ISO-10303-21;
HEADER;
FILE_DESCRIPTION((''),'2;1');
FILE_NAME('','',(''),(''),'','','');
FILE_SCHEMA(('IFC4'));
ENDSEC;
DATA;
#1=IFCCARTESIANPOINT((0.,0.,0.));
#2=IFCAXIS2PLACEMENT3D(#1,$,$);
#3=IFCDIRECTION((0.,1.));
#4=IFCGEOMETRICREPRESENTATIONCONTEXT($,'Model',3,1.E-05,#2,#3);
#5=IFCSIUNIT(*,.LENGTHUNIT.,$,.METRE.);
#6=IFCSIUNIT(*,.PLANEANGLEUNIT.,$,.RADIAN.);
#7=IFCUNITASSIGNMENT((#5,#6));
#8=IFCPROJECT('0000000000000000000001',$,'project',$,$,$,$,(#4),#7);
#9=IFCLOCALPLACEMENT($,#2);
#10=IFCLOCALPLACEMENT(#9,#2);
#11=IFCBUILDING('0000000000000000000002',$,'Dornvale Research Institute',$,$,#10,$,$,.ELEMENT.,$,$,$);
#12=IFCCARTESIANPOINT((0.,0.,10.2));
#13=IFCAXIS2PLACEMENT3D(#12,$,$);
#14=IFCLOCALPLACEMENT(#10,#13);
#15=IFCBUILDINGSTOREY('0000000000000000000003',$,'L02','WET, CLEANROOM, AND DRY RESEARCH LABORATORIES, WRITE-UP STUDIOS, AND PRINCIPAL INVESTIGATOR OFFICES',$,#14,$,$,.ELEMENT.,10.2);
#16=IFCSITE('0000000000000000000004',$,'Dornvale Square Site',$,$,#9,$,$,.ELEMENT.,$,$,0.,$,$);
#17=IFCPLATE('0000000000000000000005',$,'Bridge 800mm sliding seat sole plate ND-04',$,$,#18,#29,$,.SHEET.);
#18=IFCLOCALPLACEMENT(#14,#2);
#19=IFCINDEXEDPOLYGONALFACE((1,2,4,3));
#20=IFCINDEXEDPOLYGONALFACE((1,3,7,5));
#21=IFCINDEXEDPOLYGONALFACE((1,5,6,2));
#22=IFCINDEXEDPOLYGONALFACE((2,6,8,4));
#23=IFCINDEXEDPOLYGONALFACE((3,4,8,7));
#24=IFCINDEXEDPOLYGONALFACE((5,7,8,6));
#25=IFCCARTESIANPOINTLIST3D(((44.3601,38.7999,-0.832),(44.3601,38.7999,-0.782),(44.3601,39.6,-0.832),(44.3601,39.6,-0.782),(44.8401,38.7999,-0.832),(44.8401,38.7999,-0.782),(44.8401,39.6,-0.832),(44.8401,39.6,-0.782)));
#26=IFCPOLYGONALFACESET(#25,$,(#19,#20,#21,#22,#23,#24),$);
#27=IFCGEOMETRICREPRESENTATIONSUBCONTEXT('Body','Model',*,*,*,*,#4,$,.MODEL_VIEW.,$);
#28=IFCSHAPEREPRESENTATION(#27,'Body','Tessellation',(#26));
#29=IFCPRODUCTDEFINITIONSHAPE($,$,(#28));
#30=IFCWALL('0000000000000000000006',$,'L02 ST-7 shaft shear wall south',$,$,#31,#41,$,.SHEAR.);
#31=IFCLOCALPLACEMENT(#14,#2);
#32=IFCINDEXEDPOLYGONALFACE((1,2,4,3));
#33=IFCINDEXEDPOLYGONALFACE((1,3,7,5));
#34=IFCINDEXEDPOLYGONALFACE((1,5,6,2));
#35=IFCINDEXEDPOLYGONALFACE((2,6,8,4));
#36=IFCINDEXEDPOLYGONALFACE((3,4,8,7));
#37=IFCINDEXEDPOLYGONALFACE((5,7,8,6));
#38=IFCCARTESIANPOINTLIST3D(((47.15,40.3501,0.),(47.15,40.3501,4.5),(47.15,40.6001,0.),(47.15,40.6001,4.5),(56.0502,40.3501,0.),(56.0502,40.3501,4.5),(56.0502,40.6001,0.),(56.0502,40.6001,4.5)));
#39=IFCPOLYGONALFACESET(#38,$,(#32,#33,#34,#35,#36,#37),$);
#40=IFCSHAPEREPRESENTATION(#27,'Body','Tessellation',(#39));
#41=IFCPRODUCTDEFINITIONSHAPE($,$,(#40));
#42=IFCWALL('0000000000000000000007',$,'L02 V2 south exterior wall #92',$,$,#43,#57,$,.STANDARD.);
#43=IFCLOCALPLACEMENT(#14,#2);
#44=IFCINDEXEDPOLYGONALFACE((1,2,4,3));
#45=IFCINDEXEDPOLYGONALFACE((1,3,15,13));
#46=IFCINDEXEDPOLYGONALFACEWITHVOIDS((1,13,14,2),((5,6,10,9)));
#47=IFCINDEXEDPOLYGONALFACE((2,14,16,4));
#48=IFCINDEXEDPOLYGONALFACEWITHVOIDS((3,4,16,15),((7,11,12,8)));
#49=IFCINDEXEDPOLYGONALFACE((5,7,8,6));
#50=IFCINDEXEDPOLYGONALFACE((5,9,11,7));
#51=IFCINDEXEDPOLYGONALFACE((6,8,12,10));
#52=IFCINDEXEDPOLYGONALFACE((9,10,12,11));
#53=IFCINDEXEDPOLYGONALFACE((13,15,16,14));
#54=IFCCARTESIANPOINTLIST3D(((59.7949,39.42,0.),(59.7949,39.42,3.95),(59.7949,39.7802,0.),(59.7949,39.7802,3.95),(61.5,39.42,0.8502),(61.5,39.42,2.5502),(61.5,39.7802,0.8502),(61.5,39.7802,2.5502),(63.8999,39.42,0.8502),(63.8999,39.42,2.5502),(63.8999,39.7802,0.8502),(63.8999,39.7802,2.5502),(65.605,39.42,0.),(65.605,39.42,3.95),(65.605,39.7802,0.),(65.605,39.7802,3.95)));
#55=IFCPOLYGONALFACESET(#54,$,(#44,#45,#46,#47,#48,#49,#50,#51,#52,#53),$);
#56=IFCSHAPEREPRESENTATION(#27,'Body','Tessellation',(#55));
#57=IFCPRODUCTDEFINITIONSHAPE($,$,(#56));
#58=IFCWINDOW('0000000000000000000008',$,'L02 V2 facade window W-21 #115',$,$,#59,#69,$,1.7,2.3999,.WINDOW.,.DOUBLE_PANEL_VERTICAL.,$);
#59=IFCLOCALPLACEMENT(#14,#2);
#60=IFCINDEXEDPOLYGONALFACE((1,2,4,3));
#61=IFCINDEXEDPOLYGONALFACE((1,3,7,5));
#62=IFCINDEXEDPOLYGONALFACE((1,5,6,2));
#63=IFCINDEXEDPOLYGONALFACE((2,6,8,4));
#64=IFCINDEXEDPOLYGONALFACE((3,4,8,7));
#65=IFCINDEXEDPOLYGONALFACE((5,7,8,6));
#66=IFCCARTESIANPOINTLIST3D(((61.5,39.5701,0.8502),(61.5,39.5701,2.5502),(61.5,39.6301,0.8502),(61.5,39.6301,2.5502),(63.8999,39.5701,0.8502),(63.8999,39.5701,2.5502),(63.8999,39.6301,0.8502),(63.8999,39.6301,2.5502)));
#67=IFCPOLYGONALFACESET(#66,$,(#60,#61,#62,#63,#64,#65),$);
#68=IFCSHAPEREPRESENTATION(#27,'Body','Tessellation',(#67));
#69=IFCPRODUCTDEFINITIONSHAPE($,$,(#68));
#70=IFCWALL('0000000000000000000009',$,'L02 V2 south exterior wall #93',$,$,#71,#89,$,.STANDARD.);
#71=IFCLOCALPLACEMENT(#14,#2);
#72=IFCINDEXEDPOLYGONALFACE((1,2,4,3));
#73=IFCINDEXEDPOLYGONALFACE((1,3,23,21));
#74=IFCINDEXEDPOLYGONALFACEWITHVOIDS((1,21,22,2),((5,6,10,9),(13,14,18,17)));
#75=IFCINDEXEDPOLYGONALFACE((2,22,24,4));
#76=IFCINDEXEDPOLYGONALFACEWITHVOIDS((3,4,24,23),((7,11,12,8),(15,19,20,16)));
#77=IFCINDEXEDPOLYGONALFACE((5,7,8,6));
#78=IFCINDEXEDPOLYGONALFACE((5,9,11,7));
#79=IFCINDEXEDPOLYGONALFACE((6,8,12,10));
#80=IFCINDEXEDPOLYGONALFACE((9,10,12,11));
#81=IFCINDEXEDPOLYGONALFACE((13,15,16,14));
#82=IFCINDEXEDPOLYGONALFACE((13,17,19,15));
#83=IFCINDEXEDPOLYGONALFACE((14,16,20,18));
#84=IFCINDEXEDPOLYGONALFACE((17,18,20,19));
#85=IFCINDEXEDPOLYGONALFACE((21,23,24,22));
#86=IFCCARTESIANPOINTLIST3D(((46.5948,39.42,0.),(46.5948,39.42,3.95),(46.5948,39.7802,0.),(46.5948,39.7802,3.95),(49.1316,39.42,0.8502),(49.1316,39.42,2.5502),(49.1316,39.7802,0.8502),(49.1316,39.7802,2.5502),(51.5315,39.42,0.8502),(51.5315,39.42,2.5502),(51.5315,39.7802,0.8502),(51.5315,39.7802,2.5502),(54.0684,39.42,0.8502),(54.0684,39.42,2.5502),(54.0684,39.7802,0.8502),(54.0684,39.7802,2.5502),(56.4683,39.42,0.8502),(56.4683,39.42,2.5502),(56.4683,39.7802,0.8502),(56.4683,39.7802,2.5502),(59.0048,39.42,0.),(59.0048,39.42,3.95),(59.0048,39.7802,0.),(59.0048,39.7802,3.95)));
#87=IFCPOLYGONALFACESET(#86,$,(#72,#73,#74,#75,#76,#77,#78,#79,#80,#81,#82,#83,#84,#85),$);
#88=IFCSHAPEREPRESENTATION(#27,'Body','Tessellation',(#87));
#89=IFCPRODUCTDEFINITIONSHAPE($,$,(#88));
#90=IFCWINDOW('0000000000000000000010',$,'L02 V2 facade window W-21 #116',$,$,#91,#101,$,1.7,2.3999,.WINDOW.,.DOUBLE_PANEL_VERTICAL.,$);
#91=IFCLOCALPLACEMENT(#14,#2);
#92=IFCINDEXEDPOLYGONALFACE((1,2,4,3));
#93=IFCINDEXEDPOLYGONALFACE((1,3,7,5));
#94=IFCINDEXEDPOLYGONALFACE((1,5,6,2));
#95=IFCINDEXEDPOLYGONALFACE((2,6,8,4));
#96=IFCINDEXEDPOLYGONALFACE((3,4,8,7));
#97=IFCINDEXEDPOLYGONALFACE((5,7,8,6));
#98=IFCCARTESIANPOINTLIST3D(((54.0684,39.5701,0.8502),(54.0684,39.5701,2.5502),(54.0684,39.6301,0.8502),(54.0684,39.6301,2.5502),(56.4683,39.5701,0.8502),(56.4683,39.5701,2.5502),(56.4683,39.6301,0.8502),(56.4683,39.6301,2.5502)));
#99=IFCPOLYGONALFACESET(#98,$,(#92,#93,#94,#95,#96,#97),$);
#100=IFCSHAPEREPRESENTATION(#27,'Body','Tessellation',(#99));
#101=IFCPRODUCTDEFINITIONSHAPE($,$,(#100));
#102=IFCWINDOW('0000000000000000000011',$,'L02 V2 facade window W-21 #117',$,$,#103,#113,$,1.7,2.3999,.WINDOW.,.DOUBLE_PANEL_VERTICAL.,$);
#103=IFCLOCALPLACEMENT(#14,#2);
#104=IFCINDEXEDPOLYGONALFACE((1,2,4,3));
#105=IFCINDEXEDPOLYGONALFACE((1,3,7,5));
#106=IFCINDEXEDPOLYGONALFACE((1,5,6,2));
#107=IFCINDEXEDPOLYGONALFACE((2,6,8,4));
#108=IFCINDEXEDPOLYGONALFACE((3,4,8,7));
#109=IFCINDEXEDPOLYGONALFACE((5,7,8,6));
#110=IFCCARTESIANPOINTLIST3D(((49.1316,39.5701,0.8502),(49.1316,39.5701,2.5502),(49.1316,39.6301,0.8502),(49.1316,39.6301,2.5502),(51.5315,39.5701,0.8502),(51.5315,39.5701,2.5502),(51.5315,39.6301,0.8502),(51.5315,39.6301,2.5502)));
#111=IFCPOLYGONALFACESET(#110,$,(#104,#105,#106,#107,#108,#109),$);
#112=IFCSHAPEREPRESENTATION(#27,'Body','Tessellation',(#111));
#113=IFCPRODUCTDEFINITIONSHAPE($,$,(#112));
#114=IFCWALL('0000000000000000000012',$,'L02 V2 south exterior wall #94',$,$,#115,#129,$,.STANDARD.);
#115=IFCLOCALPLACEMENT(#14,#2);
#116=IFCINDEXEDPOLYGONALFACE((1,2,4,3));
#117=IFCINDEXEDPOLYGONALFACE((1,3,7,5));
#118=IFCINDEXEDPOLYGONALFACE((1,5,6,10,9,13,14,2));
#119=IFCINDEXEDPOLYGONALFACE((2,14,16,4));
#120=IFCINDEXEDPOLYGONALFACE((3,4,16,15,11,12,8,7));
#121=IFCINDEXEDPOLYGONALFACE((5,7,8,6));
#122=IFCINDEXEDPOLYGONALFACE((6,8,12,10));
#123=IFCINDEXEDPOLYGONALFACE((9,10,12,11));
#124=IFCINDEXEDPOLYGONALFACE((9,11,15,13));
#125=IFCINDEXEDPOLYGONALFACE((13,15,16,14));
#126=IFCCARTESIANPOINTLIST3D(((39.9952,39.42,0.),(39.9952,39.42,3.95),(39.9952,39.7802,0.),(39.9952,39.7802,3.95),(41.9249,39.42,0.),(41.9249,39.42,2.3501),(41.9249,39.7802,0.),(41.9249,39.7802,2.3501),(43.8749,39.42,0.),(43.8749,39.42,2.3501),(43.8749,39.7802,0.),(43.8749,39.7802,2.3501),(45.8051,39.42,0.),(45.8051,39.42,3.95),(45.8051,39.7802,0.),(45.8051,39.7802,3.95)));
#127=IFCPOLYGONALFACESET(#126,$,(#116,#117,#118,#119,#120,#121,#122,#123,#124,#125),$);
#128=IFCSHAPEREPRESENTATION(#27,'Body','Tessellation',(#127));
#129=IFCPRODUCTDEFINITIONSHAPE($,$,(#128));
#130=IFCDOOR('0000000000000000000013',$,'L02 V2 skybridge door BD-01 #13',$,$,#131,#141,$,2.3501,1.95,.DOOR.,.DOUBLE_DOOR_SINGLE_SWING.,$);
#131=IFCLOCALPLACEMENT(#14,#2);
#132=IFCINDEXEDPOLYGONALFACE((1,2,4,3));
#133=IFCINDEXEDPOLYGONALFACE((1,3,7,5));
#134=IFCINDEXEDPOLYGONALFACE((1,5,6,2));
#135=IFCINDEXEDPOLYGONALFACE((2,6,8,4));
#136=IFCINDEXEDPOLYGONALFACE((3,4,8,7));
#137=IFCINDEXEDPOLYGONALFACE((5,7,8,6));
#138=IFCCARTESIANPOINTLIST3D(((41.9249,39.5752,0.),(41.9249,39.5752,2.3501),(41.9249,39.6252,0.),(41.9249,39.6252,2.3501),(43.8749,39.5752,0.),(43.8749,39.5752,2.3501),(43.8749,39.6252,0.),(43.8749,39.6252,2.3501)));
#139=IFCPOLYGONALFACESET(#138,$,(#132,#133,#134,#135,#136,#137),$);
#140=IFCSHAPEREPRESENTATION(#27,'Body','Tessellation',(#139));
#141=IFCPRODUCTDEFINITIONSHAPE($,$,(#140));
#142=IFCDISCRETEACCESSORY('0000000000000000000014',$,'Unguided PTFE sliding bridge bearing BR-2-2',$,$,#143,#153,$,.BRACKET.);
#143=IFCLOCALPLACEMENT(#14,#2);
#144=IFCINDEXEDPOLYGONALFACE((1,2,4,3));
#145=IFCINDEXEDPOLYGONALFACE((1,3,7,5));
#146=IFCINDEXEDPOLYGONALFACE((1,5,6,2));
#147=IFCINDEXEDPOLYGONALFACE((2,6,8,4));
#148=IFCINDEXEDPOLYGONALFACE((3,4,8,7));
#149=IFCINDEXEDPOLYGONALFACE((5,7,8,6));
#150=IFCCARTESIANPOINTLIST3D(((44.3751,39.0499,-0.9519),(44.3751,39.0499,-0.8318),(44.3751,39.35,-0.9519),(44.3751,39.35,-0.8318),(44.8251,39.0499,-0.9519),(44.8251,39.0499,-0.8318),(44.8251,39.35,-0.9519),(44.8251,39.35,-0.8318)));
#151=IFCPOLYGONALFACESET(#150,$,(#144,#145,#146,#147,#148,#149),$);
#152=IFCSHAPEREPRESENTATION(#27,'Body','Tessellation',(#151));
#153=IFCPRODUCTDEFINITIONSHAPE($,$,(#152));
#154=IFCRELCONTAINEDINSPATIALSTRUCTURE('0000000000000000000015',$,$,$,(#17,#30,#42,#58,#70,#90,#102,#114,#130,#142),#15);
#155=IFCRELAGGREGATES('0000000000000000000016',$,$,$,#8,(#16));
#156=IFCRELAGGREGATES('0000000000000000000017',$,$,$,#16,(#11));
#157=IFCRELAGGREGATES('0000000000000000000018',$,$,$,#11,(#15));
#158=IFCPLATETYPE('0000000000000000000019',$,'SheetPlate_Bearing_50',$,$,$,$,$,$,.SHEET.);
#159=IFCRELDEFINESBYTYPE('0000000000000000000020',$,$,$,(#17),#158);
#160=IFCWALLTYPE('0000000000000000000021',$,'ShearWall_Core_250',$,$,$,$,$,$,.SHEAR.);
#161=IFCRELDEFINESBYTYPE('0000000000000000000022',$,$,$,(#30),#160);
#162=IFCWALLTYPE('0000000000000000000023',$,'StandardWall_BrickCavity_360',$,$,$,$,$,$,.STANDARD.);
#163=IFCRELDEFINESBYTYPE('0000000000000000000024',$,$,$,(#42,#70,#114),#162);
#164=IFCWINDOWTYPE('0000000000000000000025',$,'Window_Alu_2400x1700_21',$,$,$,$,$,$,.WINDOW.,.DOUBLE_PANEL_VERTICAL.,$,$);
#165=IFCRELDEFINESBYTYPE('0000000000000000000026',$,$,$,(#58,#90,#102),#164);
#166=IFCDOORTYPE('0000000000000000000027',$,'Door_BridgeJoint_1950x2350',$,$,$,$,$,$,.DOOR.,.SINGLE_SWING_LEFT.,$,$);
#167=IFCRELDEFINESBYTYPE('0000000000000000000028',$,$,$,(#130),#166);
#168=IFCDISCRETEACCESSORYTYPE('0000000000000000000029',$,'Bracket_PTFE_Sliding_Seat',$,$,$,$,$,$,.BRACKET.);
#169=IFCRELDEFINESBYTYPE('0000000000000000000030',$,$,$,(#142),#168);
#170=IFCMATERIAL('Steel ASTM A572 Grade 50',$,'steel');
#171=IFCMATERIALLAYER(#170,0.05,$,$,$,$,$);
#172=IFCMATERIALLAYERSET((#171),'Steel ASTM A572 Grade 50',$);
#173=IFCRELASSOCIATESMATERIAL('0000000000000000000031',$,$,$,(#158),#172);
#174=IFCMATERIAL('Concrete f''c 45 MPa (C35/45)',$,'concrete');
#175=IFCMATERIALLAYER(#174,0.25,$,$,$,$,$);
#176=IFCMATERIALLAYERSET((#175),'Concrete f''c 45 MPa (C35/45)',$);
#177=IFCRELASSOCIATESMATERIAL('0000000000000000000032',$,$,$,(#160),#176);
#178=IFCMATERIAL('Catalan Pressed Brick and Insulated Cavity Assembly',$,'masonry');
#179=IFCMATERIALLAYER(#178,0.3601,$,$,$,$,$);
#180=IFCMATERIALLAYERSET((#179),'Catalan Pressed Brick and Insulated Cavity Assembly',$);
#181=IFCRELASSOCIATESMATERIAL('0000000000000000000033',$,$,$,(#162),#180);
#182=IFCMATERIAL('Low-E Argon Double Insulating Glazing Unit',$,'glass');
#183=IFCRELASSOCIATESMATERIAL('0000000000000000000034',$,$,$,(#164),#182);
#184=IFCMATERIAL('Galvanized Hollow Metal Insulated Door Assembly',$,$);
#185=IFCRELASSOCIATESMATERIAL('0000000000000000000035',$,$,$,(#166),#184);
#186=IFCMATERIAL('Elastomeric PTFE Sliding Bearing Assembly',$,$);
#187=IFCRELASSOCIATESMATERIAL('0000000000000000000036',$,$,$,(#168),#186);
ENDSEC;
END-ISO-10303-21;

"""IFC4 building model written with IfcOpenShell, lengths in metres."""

from ifc_helpers import new_model, si_unit, direction, frame, frame_2d, origin, origin_2d, place, context, subcontext, project, spatial, rectangle, extrude, material, layer, layer_set, type_object, element, fill, save


model = new_model("IFC4")

# Units and contexts
model_context = context("Model", 3, precision=1e-05, world=origin(), true_north=direction((0.0, 1.0)))
body_context = subcontext(model_context, "Body", "Model", "MODEL_VIEW")
ifc_project = project(units=[si_unit("LENGTHUNIT", "METRE"), si_unit("PLANEANGLEUNIT", "RADIAN")], contexts=[model_context])

# Site, building, storey
site_placement = place(None, origin())
site = spatial("IfcSite", under=ifc_project, at=site_placement, Name="Dornvale Square Site", CompositionType="ELEMENT", RefElevation=0.0)
building_placement = place(site_placement, origin())
building = spatial("IfcBuilding", under=site, at=building_placement, Name="Dornvale Research Institute", CompositionType="ELEMENT")
storey_placement = place(building_placement, frame((0.0, 0.0, 10.2)))
storey = spatial("IfcBuildingStorey", under=building, at=storey_placement, Name="L02", Description="WET, CLEANROOM, AND DRY RESEARCH LABORATORIES, WRITE-UP STUDIOS, AND PRINCIPAL INVESTIGATOR OFFICES", CompositionType="ELEMENT", Elevation=10.2)

# Plate
ifc_material_1 = material(Name="Steel ASTM A572 Grade 50", Category="steel")
ifc_layer_1 = layer(ifc_material_1, 0.05)
ifc_layer_set_1 = layer_set([ifc_layer_1], Name="Steel ASTM A572 Grade 50")
plate_type_1 = type_object("IfcPlateType", Name="SheetPlate_Bearing_50", PredefinedType="SHEET", material=ifc_layer_set_1)
plate_1_placement = place(storey_placement, frame((44.6001, 39.2, -0.832), z_axis=(0.0, 0.0, 1.0), x_axis=(1.0, 0.0, 0.0)))
element("IfcPlate", 1, at=plate_1_placement, inside=storey, type_object=plate_type_1, Name="Bridge 800mm sliding seat sole plate ND-04", PredefinedType="SHEET", context=body_context, shape_type="SweptSolid", body=[
    extrude(rectangle(XDim=0.48, YDim=0.8, at=origin_2d()), origin(), (0.0, 0.0, 1.0), 0.05),
])

# Wall
ifc_material_2 = material(Name="Concrete f'c 45 MPa (C35/45)", Category="concrete")
ifc_layer_2 = layer(ifc_material_2, 0.25)
ifc_layer_set_2 = layer_set([ifc_layer_2], Name="Concrete f'c 45 MPa (C35/45)")
wall_type_1 = type_object("IfcWallType", Name="ShearWall_Core_250", PredefinedType="SHEAR", material=ifc_layer_set_2)
wall_1_placement = place(storey_placement, frame((47.1499, 40.4751, 0.0), z_axis=(0.0, 0.0, 1.0), x_axis=(1.0, 0.0, 0.0)))
element("IfcWall", 2, at=wall_1_placement, inside=storey, type_object=wall_type_1, Name="L02 ST-7 shaft shear wall south", PredefinedType="SHEAR", context=body_context, shape_type="SweptSolid", body=[
    extrude(rectangle(XDim=8.9001, YDim=0.25, at=frame_2d((4.4502, 0.0))), origin(), (0.0, 0.0, 1.0), 4.5),
])

# Wall, opening, window
ifc_material_3 = material(Name="Catalan Pressed Brick and Insulated Cavity Assembly", Category="masonry")
ifc_layer_3 = layer(ifc_material_3, 0.3601)
ifc_layer_set_3 = layer_set([ifc_layer_3], Name="Catalan Pressed Brick and Insulated Cavity Assembly")
wall_type_2 = type_object("IfcWallType", Name="StandardWall_BrickCavity_360", PredefinedType="STANDARD", material=ifc_layer_set_3)
wall_2_placement = place(storey_placement, frame((65.605, 39.6001, 0.0), z_axis=(0.0, 0.0, 1.0), x_axis=(-1.0, 0.0, 0.0)))
wall_2 = element("IfcWall", 3, at=wall_2_placement, inside=storey, type_object=wall_type_2, Name="L02 V2 south exterior wall #92", PredefinedType="STANDARD", context=body_context, shape_type="SweptSolid", body=[
    extrude(rectangle(XDim=5.8101, YDim=0.3601, at=frame_2d((2.905, 0.0))), origin(), (0.0, 0.0, 1.0), 3.95),
])
opening_1_placement = place(wall_2_placement, frame((1.7051, 0.0, 0.8501)))
opening_1 = element("IfcOpeningElement", 4, at=opening_1_placement, cuts=wall_2, PredefinedType="OPENING", context=body_context, shape_type="SweptSolid", body=[
    extrude(rectangle(XDim=2.3999, YDim=1.7, at=frame_2d((1.2, 0.8501))), frame((0.0, 0.1951, 0.0), z_axis=(0.0, -1.0, 0.0), x_axis=(1.0, 0.0, 0.0)), (0.0, 0.0, 1.0), 0.3901),
])
ifc_material_4 = material(Name="Low-E Argon Double Insulating Glazing Unit", Category="glass")
window_type = type_object("IfcWindowType", Name="Window_Alu_2400x1700_21", PartitioningType="DOUBLE_PANEL_VERTICAL", PredefinedType="WINDOW", material=ifc_material_4)
window_1_placement = place(opening_1_placement, origin())
window_1 = element("IfcWindow", 5, at=window_1_placement, inside=storey, type_object=window_type, Name="L02 V2 facade window W-21 #115", OverallHeight=1.7, OverallWidth=2.3999, PartitioningType="DOUBLE_PANEL_VERTICAL", PredefinedType="WINDOW", context=body_context, shape_type="SweptSolid", body=[
    extrude(rectangle(XDim=2.3999, YDim=1.7, at=frame_2d((1.2, 0.8501))), frame((0.0, 0.03, 0.0), z_axis=(0.0, -1.0, 0.0), x_axis=(1.0, 0.0, 0.0)), (0.0, 0.0, 1.0), 0.0601),
])
fill(opening_1, window_1)

# Wall, openings, windows
wall_3_placement = place(storey_placement, frame((59.0049, 39.6001, 0.0), z_axis=(0.0, 0.0, 1.0), x_axis=(-1.0, 0.0, 0.0)))
wall_3 = element("IfcWall", 6, at=wall_3_placement, inside=storey, type_object=wall_type_2, Name="L02 V2 south exterior wall #93", PredefinedType="STANDARD", context=body_context, shape_type="SweptSolid", body=[
    extrude(rectangle(XDim=12.4099, YDim=0.3601, at=frame_2d((6.2051, 0.0))), origin(), (0.0, 0.0, 1.0), 3.95),
])
opening_2_placement = place(wall_3_placement, frame((2.5366, 0.0, 0.8501)))
opening_2 = element("IfcOpeningElement", 7, at=opening_2_placement, cuts=wall_3, PredefinedType="OPENING", context=body_context, shape_type="SweptSolid", body=[
    extrude(rectangle(XDim=2.3999, YDim=1.7, at=frame_2d((1.2, 0.8501))), frame((0.0, 0.1951, 0.0), z_axis=(0.0, -1.0, 0.0), x_axis=(1.0, 0.0, 0.0)), (0.0, 0.0, 1.0), 0.3901),
])
opening_3_placement = place(wall_3_placement, frame((7.4734, 0.0, 0.8501)))
opening_3 = element("IfcOpeningElement", 8, at=opening_3_placement, cuts=wall_3, PredefinedType="OPENING", context=body_context, shape_type="SweptSolid", body=[
    extrude(rectangle(XDim=2.3999, YDim=1.7, at=frame_2d((1.2, 0.8501))), frame((0.0, 0.1951, 0.0), z_axis=(0.0, -1.0, 0.0), x_axis=(1.0, 0.0, 0.0)), (0.0, 0.0, 1.0), 0.3901),
])
window_2_placement = place(opening_2_placement, origin())
window_2 = element("IfcWindow", 9, at=window_2_placement, inside=storey, type_object=window_type, Name="L02 V2 facade window W-21 #116", OverallHeight=1.7, OverallWidth=2.3999, PartitioningType="DOUBLE_PANEL_VERTICAL", PredefinedType="WINDOW", context=body_context, shape_type="SweptSolid", body=[
    extrude(rectangle(XDim=2.3999, YDim=1.7, at=frame_2d((1.2, 0.8501))), frame((0.0, 0.03, 0.0), z_axis=(0.0, -1.0, 0.0), x_axis=(1.0, 0.0, 0.0)), (0.0, 0.0, 1.0), 0.0601),
])
fill(opening_2, window_2)
window_3_placement = place(opening_3_placement, origin())
window_3 = element("IfcWindow", 10, at=window_3_placement, inside=storey, type_object=window_type, Name="L02 V2 facade window W-21 #117", OverallHeight=1.7, OverallWidth=2.3999, PartitioningType="DOUBLE_PANEL_VERTICAL", PredefinedType="WINDOW", context=body_context, shape_type="SweptSolid", body=[
    extrude(rectangle(XDim=2.3999, YDim=1.7, at=frame_2d((1.2, 0.8501))), frame((0.0, 0.03, 0.0), z_axis=(0.0, -1.0, 0.0), x_axis=(1.0, 0.0, 0.0)), (0.0, 0.0, 1.0), 0.0601),
])
fill(opening_3, window_3)

# Wall, opening, door
wall_4_placement = place(storey_placement, frame((45.8049, 39.6001, 0.0), z_axis=(0.0, 0.0, 1.0), x_axis=(-1.0, 0.0, 0.0)))
wall_4 = element("IfcWall", 11, at=wall_4_placement, inside=storey, type_object=wall_type_2, Name="L02 V2 south exterior wall #94", PredefinedType="STANDARD", context=body_context, shape_type="SweptSolid", body=[
    extrude(rectangle(XDim=5.8098, YDim=0.3601, at=frame_2d((2.9048, 0.0))), origin(), (0.0, 0.0, 1.0), 3.95),
])
opening_4_placement = place(wall_4_placement, frame((1.9299, 0.0, 0.0)))
opening_4 = element("IfcOpeningElement", 12, at=opening_4_placement, cuts=wall_4, PredefinedType="OPENING", context=body_context, shape_type="SweptSolid", body=[
    extrude(rectangle(XDim=1.95, YDim=2.3501, at=frame_2d((0.9751, 1.175))), frame((0.0, 0.1951, 0.0), z_axis=(0.0, -1.0, 0.0), x_axis=(1.0, 0.0, 0.0)), (0.0, 0.0, 1.0), 0.3901),
])
ifc_material_5 = material(Name="Galvanized Hollow Metal Insulated Door Assembly")
door_type = type_object("IfcDoorType", Name="Door_BridgeJoint_1950x2350", OperationType="SINGLE_SWING_LEFT", PredefinedType="DOOR", material=ifc_material_5)
door_placement = place(opening_4_placement, origin())
door = element("IfcDoor", 13, at=door_placement, inside=storey, type_object=door_type, Name="L02 V2 skybridge door BD-01 #13", OperationType="DOUBLE_DOOR_SINGLE_SWING", OverallHeight=2.3501, OverallWidth=1.95, PredefinedType="DOOR", context=body_context, shape_type="SweptSolid", body=[
    extrude(rectangle(XDim=1.95, YDim=2.3501, at=frame_2d((0.9751, 1.175))), frame((0.0, 0.0249, 0.0), z_axis=(0.0, -1.0, 0.0), x_axis=(1.0, 0.0, 0.0)), (0.0, 0.0, 1.0), 0.05),
])
fill(opening_4, door)

# Discrete accessory
ifc_material_6 = material(Name="Elastomeric PTFE Sliding Bearing Assembly")
discrete_accessory_type = type_object("IfcDiscreteAccessoryType", Name="Bracket_PTFE_Sliding_Seat", PredefinedType="BRACKET", material=ifc_material_6)
discrete_accessory_placement = place(storey_placement, frame((44.6001, 39.2, -0.9519), z_axis=(0.0, 0.0, 1.0), x_axis=(1.0, 0.0, 0.0)))
element("IfcDiscreteAccessory", 14, at=discrete_accessory_placement, inside=storey, type_object=discrete_accessory_type, Name="Unguided PTFE sliding bridge bearing BR-2-2", PredefinedType="BRACKET", context=body_context, shape_type="SweptSolid", body=[
    extrude(rectangle(XDim=0.45, YDim=0.3, at=origin_2d()), origin(), (0.0, 0.0, 1.0), 0.1201),
])

save(model, "model.ifc")
